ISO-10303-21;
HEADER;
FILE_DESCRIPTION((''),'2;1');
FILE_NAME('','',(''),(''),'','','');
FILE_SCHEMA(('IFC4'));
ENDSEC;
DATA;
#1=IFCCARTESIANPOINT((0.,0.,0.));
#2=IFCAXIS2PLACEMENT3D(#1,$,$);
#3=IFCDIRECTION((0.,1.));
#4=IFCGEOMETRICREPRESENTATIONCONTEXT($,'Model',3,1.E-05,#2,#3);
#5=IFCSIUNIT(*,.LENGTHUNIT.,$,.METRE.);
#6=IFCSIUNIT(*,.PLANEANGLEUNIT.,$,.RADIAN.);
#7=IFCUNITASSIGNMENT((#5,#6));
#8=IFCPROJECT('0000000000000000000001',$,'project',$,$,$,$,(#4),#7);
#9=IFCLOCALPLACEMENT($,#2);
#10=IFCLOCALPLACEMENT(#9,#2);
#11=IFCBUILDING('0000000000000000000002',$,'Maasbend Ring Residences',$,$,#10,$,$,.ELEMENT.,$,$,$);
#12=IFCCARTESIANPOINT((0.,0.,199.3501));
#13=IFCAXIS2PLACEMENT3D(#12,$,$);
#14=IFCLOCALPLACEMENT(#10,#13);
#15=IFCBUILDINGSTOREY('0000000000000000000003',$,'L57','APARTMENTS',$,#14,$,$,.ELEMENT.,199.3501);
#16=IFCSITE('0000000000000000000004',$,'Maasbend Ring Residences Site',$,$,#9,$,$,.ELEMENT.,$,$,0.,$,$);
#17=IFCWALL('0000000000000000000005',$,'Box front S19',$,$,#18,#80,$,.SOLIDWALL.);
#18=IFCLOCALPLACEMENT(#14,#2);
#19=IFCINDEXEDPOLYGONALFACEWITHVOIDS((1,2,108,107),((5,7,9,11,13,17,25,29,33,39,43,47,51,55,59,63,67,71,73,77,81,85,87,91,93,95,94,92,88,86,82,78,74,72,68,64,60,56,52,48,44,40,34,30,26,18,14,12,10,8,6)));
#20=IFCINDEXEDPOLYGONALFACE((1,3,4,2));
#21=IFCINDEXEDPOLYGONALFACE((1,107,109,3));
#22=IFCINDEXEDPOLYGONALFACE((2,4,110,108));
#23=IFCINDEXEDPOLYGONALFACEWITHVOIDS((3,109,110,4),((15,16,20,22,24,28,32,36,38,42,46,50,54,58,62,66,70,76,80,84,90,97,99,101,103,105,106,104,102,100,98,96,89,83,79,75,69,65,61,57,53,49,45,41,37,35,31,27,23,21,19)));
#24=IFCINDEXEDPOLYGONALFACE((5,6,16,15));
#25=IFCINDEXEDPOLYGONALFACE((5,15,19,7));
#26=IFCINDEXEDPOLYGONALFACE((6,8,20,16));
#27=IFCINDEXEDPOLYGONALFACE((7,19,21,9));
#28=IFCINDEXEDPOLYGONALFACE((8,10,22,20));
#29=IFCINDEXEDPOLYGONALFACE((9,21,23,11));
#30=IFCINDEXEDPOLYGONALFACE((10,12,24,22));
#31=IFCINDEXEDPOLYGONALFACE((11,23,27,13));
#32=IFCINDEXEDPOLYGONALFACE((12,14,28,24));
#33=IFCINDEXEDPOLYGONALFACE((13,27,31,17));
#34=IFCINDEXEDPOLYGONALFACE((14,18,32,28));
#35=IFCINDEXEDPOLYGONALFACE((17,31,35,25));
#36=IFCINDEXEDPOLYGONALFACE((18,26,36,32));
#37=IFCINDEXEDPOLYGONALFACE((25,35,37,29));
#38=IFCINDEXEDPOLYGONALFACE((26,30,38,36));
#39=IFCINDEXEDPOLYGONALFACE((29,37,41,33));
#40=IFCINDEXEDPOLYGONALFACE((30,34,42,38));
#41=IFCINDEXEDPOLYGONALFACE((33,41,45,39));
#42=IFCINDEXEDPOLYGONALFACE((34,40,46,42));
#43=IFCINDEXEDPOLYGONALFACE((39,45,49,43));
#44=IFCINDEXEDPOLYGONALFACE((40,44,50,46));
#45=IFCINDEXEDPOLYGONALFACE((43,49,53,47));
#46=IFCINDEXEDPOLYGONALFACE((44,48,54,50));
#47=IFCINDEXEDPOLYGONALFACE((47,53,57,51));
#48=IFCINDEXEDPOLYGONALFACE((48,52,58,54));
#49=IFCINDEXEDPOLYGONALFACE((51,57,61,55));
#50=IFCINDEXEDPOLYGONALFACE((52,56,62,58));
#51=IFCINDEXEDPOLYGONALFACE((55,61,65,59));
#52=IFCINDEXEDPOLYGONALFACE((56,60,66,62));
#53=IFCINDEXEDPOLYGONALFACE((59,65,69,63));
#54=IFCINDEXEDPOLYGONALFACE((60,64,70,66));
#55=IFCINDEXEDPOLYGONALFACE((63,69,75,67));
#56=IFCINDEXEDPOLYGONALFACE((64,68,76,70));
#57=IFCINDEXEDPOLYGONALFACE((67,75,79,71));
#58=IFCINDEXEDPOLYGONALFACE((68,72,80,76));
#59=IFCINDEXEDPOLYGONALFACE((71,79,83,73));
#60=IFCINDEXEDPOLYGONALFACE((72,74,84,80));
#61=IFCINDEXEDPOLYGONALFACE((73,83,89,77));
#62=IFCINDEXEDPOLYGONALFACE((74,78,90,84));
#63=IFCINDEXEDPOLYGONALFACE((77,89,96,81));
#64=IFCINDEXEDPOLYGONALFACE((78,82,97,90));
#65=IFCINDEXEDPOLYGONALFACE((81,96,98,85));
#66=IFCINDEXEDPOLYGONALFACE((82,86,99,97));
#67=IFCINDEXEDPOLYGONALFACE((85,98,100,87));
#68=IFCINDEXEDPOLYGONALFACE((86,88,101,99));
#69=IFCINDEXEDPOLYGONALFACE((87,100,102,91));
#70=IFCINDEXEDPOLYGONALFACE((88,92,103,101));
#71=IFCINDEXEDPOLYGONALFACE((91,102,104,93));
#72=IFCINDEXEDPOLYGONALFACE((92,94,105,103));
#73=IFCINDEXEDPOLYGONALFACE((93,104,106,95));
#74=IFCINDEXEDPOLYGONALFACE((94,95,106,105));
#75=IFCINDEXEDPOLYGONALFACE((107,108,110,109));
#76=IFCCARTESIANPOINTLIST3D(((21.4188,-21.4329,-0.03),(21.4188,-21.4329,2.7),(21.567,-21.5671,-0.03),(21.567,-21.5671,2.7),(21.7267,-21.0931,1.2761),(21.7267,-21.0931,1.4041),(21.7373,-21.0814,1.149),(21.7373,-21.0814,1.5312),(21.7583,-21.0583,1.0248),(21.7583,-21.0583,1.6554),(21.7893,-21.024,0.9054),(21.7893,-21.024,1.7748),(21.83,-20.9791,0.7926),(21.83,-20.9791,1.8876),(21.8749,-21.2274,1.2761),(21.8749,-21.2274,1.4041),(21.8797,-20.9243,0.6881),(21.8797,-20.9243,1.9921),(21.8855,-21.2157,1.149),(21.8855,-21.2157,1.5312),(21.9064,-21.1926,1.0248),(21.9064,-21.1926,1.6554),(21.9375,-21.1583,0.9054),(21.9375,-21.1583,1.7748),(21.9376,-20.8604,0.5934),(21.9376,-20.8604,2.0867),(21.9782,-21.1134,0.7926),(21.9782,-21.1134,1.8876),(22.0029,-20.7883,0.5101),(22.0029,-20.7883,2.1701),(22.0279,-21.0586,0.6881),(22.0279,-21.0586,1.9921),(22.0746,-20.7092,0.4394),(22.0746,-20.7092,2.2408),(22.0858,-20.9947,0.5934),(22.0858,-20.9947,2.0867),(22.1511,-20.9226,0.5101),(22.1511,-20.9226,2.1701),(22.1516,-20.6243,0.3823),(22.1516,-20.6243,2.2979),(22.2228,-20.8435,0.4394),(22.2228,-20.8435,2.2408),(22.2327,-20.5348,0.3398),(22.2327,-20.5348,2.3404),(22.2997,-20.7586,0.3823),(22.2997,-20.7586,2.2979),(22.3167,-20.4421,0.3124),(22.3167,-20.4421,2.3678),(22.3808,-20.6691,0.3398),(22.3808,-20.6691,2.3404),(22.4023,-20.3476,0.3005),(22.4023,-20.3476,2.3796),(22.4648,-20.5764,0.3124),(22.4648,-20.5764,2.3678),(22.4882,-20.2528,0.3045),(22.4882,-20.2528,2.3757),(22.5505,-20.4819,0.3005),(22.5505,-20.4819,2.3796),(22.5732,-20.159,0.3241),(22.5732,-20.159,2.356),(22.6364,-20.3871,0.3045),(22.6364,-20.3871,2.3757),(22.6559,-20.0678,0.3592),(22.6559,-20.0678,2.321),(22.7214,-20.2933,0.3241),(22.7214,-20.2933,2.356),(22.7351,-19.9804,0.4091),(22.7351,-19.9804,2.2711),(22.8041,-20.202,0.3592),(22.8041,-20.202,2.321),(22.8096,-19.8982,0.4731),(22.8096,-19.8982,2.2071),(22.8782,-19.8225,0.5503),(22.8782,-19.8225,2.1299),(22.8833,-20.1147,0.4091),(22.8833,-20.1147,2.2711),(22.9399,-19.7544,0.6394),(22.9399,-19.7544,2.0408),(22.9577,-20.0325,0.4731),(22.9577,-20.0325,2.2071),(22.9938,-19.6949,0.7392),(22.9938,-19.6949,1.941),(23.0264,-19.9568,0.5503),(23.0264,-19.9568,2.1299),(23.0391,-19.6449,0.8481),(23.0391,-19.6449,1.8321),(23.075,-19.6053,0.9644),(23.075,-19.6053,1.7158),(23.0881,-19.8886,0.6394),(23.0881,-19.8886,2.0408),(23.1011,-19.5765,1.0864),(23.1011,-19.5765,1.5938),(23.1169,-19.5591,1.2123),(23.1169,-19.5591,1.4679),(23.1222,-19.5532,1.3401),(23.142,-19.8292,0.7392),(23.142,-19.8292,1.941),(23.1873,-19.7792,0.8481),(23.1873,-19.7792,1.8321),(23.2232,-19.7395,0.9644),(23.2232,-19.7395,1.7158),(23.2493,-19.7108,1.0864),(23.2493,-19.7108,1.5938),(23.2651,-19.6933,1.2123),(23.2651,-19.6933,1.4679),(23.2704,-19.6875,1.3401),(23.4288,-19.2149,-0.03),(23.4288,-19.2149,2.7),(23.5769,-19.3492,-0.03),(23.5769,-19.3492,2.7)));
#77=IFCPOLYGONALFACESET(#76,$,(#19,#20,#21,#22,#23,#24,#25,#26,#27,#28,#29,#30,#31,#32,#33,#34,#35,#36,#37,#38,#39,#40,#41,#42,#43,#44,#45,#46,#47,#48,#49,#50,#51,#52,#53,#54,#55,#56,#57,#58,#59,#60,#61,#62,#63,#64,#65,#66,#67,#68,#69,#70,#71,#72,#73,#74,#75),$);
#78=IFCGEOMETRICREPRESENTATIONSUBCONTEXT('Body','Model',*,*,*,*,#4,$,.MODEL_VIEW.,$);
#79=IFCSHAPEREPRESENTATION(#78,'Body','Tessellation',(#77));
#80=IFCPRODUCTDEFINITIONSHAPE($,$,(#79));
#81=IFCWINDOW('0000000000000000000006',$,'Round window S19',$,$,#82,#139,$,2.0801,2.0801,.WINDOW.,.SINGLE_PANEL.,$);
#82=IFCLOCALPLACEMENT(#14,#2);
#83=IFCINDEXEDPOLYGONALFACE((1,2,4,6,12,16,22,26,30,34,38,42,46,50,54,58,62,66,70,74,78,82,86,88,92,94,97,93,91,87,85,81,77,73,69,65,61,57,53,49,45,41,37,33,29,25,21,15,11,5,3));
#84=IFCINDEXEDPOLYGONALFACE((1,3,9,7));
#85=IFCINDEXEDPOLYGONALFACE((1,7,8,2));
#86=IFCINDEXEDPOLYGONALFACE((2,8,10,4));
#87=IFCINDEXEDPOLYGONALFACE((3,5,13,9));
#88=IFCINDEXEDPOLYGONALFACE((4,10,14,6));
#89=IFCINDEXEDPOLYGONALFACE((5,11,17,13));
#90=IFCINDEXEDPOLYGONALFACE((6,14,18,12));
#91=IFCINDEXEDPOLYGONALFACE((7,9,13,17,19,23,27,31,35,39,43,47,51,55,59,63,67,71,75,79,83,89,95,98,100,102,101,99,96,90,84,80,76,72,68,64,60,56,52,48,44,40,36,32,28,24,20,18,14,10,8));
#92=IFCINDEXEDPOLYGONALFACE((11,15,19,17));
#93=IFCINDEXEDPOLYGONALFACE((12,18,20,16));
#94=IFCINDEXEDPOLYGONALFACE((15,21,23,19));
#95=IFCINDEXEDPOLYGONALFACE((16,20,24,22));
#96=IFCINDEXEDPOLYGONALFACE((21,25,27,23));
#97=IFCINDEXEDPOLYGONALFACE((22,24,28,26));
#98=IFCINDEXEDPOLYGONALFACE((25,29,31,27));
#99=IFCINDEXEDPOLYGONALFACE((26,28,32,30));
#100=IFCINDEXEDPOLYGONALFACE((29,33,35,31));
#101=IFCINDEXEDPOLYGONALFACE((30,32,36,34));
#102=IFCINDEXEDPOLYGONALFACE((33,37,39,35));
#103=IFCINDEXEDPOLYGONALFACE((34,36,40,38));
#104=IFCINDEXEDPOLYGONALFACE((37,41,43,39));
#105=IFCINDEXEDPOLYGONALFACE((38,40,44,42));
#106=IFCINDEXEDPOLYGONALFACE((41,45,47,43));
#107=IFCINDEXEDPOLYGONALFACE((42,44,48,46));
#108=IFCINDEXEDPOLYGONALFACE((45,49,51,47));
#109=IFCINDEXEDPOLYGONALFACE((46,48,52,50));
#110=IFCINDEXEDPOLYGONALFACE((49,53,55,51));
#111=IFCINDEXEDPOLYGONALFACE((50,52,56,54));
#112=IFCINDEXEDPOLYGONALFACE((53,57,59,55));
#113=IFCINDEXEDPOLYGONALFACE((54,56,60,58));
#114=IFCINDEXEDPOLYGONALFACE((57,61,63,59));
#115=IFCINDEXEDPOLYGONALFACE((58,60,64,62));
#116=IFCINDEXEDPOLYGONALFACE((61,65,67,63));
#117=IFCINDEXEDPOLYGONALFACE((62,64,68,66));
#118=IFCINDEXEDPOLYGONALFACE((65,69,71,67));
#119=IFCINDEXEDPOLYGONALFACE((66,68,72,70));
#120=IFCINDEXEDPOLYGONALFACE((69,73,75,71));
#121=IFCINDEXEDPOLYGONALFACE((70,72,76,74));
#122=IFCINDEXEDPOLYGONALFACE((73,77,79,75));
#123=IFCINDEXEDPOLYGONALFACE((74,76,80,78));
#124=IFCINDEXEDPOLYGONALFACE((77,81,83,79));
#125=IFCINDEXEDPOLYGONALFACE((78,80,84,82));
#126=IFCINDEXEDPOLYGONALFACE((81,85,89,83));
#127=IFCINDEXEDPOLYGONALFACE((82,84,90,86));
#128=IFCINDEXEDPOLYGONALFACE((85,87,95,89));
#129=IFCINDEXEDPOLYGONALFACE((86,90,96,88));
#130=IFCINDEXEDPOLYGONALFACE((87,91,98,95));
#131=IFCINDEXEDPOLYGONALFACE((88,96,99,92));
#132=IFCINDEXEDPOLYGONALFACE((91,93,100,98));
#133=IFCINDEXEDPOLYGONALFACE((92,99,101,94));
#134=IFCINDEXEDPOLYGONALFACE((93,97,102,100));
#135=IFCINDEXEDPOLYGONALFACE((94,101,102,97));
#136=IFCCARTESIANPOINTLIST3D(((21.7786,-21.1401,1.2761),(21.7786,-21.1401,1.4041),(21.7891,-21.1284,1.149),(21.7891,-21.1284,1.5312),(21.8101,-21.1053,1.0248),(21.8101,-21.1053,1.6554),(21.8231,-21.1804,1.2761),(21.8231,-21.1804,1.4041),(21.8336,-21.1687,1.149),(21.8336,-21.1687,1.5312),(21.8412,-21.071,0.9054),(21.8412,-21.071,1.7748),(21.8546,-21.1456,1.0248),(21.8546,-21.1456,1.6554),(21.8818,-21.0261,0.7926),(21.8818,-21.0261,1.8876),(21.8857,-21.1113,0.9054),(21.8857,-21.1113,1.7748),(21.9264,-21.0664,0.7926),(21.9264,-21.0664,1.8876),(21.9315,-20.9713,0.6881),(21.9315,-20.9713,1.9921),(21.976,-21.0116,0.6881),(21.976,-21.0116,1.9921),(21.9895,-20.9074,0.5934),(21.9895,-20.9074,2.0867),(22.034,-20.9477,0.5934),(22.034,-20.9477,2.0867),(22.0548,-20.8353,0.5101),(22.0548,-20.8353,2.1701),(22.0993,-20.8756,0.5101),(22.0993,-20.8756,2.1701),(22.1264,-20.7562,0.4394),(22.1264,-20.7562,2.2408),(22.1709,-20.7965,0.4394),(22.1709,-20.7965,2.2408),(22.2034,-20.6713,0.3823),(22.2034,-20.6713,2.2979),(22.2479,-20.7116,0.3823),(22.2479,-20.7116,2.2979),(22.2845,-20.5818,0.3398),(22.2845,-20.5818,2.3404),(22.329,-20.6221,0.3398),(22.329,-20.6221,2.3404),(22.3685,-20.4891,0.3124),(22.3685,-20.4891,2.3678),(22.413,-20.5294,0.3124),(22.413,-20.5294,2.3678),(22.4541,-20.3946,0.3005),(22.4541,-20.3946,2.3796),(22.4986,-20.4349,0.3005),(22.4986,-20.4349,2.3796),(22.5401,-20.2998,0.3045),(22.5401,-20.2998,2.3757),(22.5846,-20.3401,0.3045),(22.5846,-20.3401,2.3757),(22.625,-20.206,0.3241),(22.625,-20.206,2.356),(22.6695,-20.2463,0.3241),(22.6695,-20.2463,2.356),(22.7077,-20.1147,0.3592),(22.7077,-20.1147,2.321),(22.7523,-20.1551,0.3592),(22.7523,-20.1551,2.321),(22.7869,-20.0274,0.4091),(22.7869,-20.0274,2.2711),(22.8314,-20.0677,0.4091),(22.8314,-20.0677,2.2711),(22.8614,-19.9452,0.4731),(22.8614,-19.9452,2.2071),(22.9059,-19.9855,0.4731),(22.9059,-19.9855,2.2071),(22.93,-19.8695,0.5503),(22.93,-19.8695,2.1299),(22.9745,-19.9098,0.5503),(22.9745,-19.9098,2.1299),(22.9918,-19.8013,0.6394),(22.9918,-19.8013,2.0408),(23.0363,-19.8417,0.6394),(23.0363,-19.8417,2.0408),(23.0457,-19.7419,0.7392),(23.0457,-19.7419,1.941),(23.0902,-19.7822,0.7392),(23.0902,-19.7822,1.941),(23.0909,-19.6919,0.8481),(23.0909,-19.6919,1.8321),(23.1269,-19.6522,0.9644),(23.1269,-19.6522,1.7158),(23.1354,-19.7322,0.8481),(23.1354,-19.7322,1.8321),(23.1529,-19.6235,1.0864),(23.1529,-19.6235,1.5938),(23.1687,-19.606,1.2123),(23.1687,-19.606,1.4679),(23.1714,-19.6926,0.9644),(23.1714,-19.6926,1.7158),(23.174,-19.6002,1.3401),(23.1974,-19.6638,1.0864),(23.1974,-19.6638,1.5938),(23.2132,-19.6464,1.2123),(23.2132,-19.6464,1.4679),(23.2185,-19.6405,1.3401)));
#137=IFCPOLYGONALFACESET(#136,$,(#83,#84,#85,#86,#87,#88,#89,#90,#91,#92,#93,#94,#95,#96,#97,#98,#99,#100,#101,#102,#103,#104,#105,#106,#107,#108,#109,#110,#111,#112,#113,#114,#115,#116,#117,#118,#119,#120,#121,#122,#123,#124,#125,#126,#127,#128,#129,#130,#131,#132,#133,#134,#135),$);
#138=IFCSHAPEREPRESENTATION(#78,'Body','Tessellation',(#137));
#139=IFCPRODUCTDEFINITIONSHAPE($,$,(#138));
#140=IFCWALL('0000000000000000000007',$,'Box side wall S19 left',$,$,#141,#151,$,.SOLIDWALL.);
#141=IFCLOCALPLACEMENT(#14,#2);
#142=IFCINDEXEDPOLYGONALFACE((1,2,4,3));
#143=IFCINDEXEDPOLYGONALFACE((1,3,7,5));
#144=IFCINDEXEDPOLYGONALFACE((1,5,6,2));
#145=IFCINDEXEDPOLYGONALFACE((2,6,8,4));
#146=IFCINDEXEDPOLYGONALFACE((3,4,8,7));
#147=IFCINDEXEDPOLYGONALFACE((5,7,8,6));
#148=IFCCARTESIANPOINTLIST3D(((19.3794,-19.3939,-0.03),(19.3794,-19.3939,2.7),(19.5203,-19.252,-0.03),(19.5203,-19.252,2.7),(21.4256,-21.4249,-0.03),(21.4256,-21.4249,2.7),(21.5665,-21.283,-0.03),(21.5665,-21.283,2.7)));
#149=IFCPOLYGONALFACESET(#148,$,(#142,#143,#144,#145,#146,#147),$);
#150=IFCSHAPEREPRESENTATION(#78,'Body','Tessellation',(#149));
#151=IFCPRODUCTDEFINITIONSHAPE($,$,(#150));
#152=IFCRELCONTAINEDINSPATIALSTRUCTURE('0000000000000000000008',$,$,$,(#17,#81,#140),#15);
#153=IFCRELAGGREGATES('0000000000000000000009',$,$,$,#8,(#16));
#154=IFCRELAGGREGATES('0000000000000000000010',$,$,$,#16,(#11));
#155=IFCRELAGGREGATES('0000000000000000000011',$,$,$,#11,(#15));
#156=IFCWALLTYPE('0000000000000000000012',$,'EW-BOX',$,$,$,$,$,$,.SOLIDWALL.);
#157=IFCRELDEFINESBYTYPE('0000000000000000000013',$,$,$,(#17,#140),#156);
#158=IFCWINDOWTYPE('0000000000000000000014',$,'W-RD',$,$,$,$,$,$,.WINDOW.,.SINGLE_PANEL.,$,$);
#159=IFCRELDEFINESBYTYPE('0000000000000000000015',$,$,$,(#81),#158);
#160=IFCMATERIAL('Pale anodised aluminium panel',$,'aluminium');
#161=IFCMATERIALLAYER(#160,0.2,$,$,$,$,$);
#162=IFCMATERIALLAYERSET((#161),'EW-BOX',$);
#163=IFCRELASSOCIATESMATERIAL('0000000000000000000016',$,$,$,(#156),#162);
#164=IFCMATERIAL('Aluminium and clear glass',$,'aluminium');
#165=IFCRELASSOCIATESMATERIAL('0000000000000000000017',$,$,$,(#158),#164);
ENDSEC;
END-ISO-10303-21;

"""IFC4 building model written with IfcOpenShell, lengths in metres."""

from ifc_helpers import new_model, si_unit, direction, frame, frame_2d, origin, place, context, subcontext, project, spatial, rectangle, circle, extrude, material, layer, layer_set, type_object, element, fill, save


model = new_model("IFC4")

# Units and contexts
model_context = context("Model", 3, precision=1e-05, world=origin(), true_north=direction((0.0, 1.0)))
body_context = subcontext(model_context, "Body", "Model", "MODEL_VIEW")
ifc_project = project(units=[si_unit("LENGTHUNIT", "METRE"), si_unit("PLANEANGLEUNIT", "RADIAN")], contexts=[model_context])

# Site, building, storey
site_placement = place(None, origin())
site = spatial("IfcSite", under=ifc_project, at=site_placement, Name="Maasbend Ring Residences Site", CompositionType="ELEMENT", RefElevation=0.0)
building_placement = place(site_placement, origin())
building = spatial("IfcBuilding", under=site, at=building_placement, Name="Maasbend Ring Residences", CompositionType="ELEMENT")
storey_placement = place(building_placement, frame((0.0, 0.0, 199.3501)))
storey = spatial("IfcBuildingStorey", under=building, at=storey_placement, Name="L57", Description="APARTMENTS", CompositionType="ELEMENT", Elevation=199.3501)

# Shared definitions
ifc_material_1 = material(Name="Pale anodised aluminium panel", Category="aluminium")
ifc_layer_1 = layer(ifc_material_1, 0.2)
ifc_layer_set_1 = layer_set([ifc_layer_1], Name="EW-BOX")
wall_type_1 = type_object("IfcWallType", Name="EW-BOX", PredefinedType="SOLIDWALL", material=ifc_layer_set_1)
ifc_material_2 = material(Name="Aluminium and clear glass", Category="aluminium")
window_type_1 = type_object("IfcWindowType", Name="W-RD", PartitioningType="SINGLE_PANEL", PredefinedType="WINDOW", material=ifc_material_2)

# Wall, opening, window
wall_1_placement = place(storey_placement, frame((21.4929, -21.5, -0.03), z_axis=(0.0, 0.0, 1.0), x_axis=(0.671507, 0.740998, 0.0)))
wall_1 = element("IfcWall", 1, at=wall_1_placement, inside=storey, type_object=wall_type_1, Name="Box front S19", PredefinedType="SOLIDWALL", context=body_context, shape_type="SweptSolid", body=[
    extrude(rectangle(XDim=2.9932, YDim=0.2, at=frame_2d((1.4966, 0.0))), origin(), (0.0, 0.0, 1.0), 2.73),
])
opening_1_placement = place(wall_1_placement, frame((0.4565, 0.0, 0.3301)))
opening_1 = element("IfcOpeningElement", 2, at=opening_1_placement, cuts=wall_1, PredefinedType="OPENING", context=body_context, shape_type="SweptSolid", body=[
    extrude(circle(Radius=1.04, at=frame_2d((1.04, 1.04))), frame((0.0, 0.1099, 0.0), z_axis=(0.0, -1.0, 0.0), x_axis=(1.0, 0.0, 0.0)), (0.0, 0.0, 1.0), 0.22),
])
window_1_placement = place(opening_1_placement, origin())
window_1 = element("IfcWindow", 3, at=window_1_placement, inside=storey, type_object=window_type_1, Name="Round window S19", OverallHeight=2.0801, OverallWidth=2.0801, PartitioningType="SINGLE_PANEL", PredefinedType="WINDOW", context=body_context, shape_type="SweptSolid", body=[
    extrude(circle(Radius=1.04, at=frame_2d((1.04, 1.04))), frame((0.0, 0.03, 0.0), z_axis=(0.0, -1.0, 0.0), x_axis=(1.0, 0.0, 0.0)), (0.0, 0.0, 1.0), 0.0601),
])
fill(opening_1, window_1)

# Wall
wall_2_placement = place(storey_placement, frame((19.45, -19.323, -0.03), z_axis=(0.0, 0.0, 1.0), x_axis=(0.709727, -0.704477, 0.0)))
element("IfcWall", 4, at=wall_2_placement, inside=storey, type_object=wall_type_1, Name="Box side wall S19 left", PredefinedType="SOLIDWALL", context=body_context, shape_type="SweptSolid", body=[
    extrude(rectangle(XDim=2.8831, YDim=0.2, at=frame_2d((1.4414, 0.0))), origin(), (0.0, 0.0, 1.0), 2.73),
])

save(model, "model.ifc")
